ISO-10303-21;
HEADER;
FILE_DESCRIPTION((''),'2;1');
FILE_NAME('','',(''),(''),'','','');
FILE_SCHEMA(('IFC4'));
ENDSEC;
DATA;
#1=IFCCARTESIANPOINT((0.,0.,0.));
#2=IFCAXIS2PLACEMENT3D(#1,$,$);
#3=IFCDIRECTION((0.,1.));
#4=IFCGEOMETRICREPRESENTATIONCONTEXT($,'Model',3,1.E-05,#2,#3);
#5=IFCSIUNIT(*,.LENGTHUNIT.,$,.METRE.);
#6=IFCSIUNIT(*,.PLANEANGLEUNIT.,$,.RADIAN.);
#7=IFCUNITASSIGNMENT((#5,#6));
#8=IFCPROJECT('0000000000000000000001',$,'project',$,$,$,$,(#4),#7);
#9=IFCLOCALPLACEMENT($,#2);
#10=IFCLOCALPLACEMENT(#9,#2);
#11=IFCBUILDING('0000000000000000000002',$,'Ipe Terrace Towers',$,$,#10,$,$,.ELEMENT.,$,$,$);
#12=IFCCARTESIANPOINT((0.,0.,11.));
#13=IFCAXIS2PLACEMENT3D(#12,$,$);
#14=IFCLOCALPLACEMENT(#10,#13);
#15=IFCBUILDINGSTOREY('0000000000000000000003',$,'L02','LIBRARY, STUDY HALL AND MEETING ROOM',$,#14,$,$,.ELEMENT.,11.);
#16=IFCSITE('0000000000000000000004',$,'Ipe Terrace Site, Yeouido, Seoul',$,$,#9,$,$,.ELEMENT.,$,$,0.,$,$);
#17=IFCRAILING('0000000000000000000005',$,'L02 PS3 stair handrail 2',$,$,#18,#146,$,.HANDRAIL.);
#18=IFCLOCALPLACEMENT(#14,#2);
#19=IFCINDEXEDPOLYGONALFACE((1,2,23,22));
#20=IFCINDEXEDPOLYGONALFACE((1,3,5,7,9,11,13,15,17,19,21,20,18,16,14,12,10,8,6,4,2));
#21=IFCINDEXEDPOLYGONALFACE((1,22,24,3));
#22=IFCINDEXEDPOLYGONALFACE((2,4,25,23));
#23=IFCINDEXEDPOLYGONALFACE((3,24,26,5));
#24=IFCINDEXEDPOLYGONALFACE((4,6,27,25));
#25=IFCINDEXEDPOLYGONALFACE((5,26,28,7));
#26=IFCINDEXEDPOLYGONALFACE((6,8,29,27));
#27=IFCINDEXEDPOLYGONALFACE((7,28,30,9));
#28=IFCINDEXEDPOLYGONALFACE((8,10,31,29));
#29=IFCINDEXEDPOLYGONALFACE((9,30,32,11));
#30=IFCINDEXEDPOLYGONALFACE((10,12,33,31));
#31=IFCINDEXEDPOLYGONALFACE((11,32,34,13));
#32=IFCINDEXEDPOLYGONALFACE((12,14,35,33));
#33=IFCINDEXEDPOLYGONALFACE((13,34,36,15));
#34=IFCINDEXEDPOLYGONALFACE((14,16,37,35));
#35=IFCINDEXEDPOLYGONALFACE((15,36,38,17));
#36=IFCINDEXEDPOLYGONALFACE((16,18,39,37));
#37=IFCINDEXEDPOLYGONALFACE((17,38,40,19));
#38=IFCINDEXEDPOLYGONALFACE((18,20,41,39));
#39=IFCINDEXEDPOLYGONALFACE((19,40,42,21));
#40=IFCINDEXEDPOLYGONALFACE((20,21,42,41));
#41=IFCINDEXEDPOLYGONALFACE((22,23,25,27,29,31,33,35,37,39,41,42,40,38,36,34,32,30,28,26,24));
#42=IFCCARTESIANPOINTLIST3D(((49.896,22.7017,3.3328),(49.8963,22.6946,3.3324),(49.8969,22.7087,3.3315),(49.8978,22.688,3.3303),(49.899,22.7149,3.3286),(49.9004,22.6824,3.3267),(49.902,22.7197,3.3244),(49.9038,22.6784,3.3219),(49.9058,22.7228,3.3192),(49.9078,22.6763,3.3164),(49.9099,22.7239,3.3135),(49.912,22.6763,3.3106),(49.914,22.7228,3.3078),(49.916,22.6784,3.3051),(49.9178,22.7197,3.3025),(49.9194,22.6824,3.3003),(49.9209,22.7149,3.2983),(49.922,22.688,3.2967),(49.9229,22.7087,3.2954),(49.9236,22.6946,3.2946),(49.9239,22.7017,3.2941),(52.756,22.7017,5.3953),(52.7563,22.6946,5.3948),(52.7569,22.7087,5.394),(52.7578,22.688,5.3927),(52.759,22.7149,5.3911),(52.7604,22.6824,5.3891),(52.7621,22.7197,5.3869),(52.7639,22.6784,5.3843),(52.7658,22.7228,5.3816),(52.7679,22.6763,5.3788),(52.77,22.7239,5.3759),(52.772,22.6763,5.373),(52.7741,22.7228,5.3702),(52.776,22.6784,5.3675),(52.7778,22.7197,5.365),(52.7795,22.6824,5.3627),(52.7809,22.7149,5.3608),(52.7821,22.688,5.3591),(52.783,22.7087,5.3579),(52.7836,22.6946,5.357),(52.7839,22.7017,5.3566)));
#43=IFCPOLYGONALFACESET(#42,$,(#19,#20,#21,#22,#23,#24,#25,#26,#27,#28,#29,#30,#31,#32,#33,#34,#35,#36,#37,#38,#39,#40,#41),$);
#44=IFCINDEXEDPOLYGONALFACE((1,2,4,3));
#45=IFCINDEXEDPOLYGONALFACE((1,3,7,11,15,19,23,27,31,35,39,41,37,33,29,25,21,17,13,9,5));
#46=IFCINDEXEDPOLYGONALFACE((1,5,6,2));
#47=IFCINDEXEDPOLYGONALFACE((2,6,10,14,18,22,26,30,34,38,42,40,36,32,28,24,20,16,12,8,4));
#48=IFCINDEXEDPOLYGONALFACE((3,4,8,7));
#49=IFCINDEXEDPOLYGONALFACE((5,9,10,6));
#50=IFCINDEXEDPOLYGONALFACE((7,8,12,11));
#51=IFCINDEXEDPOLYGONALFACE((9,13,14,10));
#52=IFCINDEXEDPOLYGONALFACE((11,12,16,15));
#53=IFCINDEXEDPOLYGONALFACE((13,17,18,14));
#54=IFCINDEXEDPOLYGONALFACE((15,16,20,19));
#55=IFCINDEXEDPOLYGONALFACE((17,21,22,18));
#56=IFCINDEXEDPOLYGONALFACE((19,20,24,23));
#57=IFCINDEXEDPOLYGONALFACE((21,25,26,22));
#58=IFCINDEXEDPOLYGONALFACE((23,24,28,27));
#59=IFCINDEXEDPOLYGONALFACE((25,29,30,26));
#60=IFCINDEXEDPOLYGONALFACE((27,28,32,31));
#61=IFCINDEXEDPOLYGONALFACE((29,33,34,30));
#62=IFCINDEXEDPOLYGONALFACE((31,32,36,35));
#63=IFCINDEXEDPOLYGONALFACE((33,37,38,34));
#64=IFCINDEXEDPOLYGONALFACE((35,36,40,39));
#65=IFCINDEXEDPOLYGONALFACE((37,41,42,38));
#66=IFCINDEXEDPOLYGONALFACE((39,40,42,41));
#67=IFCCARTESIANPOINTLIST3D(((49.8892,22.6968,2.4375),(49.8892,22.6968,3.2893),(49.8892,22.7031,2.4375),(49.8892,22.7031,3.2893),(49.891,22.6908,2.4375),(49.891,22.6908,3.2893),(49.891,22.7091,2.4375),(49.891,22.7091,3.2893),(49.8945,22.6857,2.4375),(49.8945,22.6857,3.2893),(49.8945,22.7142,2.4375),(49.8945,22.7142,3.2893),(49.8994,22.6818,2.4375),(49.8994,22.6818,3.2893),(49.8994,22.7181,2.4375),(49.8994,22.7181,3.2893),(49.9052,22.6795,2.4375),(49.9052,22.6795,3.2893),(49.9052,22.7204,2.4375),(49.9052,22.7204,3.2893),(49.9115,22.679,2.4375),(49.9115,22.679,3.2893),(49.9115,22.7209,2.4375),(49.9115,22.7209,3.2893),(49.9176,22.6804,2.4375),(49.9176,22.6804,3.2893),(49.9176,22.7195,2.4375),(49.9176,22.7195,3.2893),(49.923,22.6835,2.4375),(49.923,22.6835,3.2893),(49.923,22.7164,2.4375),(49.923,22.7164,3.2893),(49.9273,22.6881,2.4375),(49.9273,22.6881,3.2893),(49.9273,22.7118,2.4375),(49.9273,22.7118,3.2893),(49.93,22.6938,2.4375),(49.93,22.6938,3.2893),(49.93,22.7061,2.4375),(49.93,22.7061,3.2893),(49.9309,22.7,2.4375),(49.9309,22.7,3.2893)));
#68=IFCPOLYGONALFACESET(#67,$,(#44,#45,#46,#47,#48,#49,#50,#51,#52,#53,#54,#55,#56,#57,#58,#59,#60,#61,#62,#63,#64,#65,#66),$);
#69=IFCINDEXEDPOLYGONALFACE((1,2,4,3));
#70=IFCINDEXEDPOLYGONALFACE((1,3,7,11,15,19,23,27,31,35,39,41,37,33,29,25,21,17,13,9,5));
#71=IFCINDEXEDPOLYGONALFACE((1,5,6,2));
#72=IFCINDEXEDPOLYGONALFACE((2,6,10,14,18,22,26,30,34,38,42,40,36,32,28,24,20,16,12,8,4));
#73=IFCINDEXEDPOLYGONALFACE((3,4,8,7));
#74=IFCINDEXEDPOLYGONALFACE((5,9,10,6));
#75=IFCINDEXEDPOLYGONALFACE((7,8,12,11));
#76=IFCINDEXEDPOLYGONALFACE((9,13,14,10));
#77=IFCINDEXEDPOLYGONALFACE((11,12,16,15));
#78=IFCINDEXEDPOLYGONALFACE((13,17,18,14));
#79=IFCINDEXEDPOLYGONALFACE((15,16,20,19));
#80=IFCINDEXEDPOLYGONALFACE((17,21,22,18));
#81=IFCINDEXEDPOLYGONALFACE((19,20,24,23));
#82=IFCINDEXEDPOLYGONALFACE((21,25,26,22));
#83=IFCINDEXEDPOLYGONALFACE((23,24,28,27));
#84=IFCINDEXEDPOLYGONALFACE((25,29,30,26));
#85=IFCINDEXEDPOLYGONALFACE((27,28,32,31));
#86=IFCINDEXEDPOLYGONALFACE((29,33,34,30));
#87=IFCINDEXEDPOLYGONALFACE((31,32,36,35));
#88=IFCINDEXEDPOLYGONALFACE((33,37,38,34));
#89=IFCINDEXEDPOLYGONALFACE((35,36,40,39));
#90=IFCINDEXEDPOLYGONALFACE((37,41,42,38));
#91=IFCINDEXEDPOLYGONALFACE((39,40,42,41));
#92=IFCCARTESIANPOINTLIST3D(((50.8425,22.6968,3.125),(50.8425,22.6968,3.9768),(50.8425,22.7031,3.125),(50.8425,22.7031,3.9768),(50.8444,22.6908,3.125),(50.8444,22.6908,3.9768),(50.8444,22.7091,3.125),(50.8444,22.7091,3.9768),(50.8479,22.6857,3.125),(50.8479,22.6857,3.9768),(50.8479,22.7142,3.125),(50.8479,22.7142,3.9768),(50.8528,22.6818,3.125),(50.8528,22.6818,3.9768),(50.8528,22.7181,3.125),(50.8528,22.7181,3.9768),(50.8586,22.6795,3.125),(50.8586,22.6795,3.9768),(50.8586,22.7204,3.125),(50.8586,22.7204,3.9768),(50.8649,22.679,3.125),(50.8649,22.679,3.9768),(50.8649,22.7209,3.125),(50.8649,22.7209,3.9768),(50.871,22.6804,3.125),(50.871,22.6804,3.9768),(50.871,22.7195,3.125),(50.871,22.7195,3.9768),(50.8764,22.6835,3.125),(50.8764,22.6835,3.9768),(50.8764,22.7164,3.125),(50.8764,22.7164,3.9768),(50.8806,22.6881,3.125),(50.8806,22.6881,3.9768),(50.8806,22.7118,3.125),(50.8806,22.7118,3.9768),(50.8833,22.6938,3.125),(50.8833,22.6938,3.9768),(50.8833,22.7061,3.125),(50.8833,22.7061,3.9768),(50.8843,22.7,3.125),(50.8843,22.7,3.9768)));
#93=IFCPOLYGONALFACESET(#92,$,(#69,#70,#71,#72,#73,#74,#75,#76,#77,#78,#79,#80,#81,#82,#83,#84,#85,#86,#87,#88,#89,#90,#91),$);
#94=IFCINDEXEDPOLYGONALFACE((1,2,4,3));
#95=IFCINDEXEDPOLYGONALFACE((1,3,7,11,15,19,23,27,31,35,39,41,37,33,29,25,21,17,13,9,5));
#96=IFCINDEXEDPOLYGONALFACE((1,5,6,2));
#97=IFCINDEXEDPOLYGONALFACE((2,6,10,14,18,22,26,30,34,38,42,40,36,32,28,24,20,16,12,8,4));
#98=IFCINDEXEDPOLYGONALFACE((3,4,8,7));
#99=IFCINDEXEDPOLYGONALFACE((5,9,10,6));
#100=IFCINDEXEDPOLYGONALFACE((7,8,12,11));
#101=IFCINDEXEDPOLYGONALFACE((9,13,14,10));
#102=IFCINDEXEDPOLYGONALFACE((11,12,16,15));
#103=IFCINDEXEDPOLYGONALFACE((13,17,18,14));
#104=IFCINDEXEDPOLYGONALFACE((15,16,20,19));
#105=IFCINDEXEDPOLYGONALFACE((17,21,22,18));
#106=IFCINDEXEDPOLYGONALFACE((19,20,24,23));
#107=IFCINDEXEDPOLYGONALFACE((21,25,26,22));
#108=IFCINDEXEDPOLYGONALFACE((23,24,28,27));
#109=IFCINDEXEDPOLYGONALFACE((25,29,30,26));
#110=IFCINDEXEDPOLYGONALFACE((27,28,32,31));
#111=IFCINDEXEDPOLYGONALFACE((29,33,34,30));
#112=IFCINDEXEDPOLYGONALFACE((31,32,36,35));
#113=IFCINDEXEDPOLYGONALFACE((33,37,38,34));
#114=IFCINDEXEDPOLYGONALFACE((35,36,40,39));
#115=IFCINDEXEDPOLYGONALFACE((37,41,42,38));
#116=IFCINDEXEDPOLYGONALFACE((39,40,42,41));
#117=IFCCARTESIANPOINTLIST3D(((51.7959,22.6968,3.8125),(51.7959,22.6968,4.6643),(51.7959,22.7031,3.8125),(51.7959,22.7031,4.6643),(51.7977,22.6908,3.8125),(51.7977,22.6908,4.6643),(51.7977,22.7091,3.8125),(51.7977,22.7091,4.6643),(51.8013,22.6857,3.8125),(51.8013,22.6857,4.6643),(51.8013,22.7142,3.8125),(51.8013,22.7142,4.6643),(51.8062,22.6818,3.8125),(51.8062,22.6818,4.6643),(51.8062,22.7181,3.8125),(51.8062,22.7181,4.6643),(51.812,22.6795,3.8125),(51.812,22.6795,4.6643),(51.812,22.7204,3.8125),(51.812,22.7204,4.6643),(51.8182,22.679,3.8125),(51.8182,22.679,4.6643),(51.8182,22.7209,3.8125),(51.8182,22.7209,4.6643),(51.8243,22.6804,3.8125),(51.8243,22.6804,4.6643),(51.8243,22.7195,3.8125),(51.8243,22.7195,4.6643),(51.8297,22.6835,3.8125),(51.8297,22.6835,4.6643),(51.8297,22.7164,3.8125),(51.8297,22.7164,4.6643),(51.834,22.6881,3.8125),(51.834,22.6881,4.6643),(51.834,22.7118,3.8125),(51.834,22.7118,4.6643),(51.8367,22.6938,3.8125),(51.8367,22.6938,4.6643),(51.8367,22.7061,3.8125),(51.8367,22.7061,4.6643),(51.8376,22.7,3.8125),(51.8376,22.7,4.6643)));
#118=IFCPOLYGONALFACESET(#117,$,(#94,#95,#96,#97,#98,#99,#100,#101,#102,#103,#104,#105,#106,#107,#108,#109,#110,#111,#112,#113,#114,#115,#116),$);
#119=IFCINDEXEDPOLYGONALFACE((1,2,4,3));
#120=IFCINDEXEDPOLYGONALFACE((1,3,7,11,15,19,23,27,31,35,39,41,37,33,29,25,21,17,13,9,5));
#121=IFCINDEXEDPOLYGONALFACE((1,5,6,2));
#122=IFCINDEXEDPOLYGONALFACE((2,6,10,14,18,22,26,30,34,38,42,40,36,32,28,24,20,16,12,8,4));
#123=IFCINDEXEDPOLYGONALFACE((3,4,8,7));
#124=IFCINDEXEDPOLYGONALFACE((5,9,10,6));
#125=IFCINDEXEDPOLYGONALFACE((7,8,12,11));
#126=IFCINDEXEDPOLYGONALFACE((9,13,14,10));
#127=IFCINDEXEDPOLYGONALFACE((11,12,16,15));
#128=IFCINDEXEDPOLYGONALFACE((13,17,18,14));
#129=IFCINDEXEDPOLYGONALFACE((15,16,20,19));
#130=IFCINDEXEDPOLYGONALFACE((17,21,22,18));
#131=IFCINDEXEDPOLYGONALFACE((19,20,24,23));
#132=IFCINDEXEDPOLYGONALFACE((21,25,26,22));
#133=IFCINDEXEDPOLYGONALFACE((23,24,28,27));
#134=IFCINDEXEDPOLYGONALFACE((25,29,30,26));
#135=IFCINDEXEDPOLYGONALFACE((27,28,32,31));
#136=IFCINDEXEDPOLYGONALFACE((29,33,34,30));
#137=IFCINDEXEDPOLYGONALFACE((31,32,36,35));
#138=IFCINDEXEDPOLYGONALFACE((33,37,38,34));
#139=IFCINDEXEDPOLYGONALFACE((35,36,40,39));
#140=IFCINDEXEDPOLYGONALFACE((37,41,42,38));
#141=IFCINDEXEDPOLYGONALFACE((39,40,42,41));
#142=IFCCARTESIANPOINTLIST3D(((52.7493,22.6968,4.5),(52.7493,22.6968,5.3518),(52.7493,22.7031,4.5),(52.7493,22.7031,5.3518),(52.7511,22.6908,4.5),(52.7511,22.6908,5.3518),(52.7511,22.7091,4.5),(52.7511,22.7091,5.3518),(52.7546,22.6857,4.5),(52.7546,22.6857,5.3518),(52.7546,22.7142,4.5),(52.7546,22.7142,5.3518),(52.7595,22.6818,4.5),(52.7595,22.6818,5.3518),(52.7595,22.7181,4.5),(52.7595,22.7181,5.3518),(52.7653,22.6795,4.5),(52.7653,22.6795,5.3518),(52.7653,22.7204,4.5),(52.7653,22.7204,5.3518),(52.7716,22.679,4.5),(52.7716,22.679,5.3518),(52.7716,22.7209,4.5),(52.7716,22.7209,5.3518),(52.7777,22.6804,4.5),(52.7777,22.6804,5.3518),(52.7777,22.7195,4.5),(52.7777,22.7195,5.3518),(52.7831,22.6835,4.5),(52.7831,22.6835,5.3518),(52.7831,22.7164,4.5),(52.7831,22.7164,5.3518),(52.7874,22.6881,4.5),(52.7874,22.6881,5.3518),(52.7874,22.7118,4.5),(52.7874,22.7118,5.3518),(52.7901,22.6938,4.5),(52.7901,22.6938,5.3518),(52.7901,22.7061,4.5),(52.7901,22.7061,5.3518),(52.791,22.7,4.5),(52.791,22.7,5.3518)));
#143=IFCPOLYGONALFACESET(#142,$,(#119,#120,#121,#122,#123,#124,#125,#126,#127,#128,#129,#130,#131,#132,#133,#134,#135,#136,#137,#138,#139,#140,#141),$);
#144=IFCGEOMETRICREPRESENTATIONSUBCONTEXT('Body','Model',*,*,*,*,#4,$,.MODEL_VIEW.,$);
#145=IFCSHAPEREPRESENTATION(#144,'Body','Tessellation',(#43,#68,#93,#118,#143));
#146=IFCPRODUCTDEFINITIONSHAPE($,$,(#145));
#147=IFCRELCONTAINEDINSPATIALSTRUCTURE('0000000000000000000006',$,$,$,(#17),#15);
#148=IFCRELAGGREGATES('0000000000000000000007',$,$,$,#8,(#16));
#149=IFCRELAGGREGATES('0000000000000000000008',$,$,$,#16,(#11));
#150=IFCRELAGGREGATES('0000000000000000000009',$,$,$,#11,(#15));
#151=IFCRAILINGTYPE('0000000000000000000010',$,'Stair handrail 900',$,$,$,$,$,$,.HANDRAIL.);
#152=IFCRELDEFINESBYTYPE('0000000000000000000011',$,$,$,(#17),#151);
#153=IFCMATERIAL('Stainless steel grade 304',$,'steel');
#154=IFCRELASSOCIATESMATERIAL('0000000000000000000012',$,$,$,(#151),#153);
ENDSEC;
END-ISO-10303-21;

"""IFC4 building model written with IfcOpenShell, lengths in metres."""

from ifc_helpers import new_model, si_unit, direction, frame, origin, origin_2d, place, context, subcontext, project, spatial, circle, extrude, material, type_object, element, save


model = new_model("IFC4")

# Units and contexts
model_context = context("Model", 3, precision=1e-05, world=origin(), true_north=direction((0.0, 1.0)))
body_context = subcontext(model_context, "Body", "Model", "MODEL_VIEW")
ifc_project = project(units=[si_unit("LENGTHUNIT", "METRE"), si_unit("PLANEANGLEUNIT", "RADIAN")], contexts=[model_context])

# Site, building, storey
site_placement = place(None, origin())
site = spatial("IfcSite", under=ifc_project, at=site_placement, Name="Ipe Terrace Site, Yeouido, Seoul", CompositionType="ELEMENT", RefElevation=0.0)
building_placement = place(site_placement, origin())
building = spatial("IfcBuilding", under=site, at=building_placement, Name="Ipe Terrace Towers", CompositionType="ELEMENT")
storey_placement = place(building_placement, frame((0.0, 0.0, 11.0)))
storey = spatial("IfcBuildingStorey", under=building, at=storey_placement, Name="L02", Description="LIBRARY, STUDY HALL AND MEETING ROOM", CompositionType="ELEMENT", Elevation=11.0)

# Railing
ifc_material_1 = material(Name="Stainless steel grade 304", Category="steel")
railing_type_1 = type_object("IfcRailingType", Name="Stair handrail 900", PredefinedType="HANDRAIL", material=ifc_material_1)
railing_1_placement = place(storey_placement, frame((49.9099, 22.7, 2.4375)))
element("IfcRailing", 1, at=railing_1_placement, inside=storey, type_object=railing_type_1, Name="L02 PS3 stair handrail 2", PredefinedType="HANDRAIL", context=body_context, shape_type="SweptSolid", body=[
    extrude(circle(Radius=0.0239, at=origin_2d()), frame((0.0, 0.0, 0.876), z_axis=(0.811101, 0.0, 0.584906), x_axis=(0.0, 1.0, 0.0)), (0.0, 0.0, 1.0), 3.5261),
    extrude(circle(Radius=0.021, at=origin_2d()), origin(), (0.0, 0.0, 1.0), 0.8518),
    extrude(circle(Radius=0.021, at=origin_2d()), frame((0.9534, 0.0, 0.6875)), (0.0, 0.0, 1.0), 0.8518),
    extrude(circle(Radius=0.021, at=origin_2d()), frame((1.9067, 0.0, 1.375)), (0.0, 0.0, 1.0), 0.8518),
    extrude(circle(Radius=0.021, at=origin_2d()), frame((2.8601, 0.0, 2.0625)), (0.0, 0.0, 1.0), 0.8518),
])

save(model, "model.ifc")
